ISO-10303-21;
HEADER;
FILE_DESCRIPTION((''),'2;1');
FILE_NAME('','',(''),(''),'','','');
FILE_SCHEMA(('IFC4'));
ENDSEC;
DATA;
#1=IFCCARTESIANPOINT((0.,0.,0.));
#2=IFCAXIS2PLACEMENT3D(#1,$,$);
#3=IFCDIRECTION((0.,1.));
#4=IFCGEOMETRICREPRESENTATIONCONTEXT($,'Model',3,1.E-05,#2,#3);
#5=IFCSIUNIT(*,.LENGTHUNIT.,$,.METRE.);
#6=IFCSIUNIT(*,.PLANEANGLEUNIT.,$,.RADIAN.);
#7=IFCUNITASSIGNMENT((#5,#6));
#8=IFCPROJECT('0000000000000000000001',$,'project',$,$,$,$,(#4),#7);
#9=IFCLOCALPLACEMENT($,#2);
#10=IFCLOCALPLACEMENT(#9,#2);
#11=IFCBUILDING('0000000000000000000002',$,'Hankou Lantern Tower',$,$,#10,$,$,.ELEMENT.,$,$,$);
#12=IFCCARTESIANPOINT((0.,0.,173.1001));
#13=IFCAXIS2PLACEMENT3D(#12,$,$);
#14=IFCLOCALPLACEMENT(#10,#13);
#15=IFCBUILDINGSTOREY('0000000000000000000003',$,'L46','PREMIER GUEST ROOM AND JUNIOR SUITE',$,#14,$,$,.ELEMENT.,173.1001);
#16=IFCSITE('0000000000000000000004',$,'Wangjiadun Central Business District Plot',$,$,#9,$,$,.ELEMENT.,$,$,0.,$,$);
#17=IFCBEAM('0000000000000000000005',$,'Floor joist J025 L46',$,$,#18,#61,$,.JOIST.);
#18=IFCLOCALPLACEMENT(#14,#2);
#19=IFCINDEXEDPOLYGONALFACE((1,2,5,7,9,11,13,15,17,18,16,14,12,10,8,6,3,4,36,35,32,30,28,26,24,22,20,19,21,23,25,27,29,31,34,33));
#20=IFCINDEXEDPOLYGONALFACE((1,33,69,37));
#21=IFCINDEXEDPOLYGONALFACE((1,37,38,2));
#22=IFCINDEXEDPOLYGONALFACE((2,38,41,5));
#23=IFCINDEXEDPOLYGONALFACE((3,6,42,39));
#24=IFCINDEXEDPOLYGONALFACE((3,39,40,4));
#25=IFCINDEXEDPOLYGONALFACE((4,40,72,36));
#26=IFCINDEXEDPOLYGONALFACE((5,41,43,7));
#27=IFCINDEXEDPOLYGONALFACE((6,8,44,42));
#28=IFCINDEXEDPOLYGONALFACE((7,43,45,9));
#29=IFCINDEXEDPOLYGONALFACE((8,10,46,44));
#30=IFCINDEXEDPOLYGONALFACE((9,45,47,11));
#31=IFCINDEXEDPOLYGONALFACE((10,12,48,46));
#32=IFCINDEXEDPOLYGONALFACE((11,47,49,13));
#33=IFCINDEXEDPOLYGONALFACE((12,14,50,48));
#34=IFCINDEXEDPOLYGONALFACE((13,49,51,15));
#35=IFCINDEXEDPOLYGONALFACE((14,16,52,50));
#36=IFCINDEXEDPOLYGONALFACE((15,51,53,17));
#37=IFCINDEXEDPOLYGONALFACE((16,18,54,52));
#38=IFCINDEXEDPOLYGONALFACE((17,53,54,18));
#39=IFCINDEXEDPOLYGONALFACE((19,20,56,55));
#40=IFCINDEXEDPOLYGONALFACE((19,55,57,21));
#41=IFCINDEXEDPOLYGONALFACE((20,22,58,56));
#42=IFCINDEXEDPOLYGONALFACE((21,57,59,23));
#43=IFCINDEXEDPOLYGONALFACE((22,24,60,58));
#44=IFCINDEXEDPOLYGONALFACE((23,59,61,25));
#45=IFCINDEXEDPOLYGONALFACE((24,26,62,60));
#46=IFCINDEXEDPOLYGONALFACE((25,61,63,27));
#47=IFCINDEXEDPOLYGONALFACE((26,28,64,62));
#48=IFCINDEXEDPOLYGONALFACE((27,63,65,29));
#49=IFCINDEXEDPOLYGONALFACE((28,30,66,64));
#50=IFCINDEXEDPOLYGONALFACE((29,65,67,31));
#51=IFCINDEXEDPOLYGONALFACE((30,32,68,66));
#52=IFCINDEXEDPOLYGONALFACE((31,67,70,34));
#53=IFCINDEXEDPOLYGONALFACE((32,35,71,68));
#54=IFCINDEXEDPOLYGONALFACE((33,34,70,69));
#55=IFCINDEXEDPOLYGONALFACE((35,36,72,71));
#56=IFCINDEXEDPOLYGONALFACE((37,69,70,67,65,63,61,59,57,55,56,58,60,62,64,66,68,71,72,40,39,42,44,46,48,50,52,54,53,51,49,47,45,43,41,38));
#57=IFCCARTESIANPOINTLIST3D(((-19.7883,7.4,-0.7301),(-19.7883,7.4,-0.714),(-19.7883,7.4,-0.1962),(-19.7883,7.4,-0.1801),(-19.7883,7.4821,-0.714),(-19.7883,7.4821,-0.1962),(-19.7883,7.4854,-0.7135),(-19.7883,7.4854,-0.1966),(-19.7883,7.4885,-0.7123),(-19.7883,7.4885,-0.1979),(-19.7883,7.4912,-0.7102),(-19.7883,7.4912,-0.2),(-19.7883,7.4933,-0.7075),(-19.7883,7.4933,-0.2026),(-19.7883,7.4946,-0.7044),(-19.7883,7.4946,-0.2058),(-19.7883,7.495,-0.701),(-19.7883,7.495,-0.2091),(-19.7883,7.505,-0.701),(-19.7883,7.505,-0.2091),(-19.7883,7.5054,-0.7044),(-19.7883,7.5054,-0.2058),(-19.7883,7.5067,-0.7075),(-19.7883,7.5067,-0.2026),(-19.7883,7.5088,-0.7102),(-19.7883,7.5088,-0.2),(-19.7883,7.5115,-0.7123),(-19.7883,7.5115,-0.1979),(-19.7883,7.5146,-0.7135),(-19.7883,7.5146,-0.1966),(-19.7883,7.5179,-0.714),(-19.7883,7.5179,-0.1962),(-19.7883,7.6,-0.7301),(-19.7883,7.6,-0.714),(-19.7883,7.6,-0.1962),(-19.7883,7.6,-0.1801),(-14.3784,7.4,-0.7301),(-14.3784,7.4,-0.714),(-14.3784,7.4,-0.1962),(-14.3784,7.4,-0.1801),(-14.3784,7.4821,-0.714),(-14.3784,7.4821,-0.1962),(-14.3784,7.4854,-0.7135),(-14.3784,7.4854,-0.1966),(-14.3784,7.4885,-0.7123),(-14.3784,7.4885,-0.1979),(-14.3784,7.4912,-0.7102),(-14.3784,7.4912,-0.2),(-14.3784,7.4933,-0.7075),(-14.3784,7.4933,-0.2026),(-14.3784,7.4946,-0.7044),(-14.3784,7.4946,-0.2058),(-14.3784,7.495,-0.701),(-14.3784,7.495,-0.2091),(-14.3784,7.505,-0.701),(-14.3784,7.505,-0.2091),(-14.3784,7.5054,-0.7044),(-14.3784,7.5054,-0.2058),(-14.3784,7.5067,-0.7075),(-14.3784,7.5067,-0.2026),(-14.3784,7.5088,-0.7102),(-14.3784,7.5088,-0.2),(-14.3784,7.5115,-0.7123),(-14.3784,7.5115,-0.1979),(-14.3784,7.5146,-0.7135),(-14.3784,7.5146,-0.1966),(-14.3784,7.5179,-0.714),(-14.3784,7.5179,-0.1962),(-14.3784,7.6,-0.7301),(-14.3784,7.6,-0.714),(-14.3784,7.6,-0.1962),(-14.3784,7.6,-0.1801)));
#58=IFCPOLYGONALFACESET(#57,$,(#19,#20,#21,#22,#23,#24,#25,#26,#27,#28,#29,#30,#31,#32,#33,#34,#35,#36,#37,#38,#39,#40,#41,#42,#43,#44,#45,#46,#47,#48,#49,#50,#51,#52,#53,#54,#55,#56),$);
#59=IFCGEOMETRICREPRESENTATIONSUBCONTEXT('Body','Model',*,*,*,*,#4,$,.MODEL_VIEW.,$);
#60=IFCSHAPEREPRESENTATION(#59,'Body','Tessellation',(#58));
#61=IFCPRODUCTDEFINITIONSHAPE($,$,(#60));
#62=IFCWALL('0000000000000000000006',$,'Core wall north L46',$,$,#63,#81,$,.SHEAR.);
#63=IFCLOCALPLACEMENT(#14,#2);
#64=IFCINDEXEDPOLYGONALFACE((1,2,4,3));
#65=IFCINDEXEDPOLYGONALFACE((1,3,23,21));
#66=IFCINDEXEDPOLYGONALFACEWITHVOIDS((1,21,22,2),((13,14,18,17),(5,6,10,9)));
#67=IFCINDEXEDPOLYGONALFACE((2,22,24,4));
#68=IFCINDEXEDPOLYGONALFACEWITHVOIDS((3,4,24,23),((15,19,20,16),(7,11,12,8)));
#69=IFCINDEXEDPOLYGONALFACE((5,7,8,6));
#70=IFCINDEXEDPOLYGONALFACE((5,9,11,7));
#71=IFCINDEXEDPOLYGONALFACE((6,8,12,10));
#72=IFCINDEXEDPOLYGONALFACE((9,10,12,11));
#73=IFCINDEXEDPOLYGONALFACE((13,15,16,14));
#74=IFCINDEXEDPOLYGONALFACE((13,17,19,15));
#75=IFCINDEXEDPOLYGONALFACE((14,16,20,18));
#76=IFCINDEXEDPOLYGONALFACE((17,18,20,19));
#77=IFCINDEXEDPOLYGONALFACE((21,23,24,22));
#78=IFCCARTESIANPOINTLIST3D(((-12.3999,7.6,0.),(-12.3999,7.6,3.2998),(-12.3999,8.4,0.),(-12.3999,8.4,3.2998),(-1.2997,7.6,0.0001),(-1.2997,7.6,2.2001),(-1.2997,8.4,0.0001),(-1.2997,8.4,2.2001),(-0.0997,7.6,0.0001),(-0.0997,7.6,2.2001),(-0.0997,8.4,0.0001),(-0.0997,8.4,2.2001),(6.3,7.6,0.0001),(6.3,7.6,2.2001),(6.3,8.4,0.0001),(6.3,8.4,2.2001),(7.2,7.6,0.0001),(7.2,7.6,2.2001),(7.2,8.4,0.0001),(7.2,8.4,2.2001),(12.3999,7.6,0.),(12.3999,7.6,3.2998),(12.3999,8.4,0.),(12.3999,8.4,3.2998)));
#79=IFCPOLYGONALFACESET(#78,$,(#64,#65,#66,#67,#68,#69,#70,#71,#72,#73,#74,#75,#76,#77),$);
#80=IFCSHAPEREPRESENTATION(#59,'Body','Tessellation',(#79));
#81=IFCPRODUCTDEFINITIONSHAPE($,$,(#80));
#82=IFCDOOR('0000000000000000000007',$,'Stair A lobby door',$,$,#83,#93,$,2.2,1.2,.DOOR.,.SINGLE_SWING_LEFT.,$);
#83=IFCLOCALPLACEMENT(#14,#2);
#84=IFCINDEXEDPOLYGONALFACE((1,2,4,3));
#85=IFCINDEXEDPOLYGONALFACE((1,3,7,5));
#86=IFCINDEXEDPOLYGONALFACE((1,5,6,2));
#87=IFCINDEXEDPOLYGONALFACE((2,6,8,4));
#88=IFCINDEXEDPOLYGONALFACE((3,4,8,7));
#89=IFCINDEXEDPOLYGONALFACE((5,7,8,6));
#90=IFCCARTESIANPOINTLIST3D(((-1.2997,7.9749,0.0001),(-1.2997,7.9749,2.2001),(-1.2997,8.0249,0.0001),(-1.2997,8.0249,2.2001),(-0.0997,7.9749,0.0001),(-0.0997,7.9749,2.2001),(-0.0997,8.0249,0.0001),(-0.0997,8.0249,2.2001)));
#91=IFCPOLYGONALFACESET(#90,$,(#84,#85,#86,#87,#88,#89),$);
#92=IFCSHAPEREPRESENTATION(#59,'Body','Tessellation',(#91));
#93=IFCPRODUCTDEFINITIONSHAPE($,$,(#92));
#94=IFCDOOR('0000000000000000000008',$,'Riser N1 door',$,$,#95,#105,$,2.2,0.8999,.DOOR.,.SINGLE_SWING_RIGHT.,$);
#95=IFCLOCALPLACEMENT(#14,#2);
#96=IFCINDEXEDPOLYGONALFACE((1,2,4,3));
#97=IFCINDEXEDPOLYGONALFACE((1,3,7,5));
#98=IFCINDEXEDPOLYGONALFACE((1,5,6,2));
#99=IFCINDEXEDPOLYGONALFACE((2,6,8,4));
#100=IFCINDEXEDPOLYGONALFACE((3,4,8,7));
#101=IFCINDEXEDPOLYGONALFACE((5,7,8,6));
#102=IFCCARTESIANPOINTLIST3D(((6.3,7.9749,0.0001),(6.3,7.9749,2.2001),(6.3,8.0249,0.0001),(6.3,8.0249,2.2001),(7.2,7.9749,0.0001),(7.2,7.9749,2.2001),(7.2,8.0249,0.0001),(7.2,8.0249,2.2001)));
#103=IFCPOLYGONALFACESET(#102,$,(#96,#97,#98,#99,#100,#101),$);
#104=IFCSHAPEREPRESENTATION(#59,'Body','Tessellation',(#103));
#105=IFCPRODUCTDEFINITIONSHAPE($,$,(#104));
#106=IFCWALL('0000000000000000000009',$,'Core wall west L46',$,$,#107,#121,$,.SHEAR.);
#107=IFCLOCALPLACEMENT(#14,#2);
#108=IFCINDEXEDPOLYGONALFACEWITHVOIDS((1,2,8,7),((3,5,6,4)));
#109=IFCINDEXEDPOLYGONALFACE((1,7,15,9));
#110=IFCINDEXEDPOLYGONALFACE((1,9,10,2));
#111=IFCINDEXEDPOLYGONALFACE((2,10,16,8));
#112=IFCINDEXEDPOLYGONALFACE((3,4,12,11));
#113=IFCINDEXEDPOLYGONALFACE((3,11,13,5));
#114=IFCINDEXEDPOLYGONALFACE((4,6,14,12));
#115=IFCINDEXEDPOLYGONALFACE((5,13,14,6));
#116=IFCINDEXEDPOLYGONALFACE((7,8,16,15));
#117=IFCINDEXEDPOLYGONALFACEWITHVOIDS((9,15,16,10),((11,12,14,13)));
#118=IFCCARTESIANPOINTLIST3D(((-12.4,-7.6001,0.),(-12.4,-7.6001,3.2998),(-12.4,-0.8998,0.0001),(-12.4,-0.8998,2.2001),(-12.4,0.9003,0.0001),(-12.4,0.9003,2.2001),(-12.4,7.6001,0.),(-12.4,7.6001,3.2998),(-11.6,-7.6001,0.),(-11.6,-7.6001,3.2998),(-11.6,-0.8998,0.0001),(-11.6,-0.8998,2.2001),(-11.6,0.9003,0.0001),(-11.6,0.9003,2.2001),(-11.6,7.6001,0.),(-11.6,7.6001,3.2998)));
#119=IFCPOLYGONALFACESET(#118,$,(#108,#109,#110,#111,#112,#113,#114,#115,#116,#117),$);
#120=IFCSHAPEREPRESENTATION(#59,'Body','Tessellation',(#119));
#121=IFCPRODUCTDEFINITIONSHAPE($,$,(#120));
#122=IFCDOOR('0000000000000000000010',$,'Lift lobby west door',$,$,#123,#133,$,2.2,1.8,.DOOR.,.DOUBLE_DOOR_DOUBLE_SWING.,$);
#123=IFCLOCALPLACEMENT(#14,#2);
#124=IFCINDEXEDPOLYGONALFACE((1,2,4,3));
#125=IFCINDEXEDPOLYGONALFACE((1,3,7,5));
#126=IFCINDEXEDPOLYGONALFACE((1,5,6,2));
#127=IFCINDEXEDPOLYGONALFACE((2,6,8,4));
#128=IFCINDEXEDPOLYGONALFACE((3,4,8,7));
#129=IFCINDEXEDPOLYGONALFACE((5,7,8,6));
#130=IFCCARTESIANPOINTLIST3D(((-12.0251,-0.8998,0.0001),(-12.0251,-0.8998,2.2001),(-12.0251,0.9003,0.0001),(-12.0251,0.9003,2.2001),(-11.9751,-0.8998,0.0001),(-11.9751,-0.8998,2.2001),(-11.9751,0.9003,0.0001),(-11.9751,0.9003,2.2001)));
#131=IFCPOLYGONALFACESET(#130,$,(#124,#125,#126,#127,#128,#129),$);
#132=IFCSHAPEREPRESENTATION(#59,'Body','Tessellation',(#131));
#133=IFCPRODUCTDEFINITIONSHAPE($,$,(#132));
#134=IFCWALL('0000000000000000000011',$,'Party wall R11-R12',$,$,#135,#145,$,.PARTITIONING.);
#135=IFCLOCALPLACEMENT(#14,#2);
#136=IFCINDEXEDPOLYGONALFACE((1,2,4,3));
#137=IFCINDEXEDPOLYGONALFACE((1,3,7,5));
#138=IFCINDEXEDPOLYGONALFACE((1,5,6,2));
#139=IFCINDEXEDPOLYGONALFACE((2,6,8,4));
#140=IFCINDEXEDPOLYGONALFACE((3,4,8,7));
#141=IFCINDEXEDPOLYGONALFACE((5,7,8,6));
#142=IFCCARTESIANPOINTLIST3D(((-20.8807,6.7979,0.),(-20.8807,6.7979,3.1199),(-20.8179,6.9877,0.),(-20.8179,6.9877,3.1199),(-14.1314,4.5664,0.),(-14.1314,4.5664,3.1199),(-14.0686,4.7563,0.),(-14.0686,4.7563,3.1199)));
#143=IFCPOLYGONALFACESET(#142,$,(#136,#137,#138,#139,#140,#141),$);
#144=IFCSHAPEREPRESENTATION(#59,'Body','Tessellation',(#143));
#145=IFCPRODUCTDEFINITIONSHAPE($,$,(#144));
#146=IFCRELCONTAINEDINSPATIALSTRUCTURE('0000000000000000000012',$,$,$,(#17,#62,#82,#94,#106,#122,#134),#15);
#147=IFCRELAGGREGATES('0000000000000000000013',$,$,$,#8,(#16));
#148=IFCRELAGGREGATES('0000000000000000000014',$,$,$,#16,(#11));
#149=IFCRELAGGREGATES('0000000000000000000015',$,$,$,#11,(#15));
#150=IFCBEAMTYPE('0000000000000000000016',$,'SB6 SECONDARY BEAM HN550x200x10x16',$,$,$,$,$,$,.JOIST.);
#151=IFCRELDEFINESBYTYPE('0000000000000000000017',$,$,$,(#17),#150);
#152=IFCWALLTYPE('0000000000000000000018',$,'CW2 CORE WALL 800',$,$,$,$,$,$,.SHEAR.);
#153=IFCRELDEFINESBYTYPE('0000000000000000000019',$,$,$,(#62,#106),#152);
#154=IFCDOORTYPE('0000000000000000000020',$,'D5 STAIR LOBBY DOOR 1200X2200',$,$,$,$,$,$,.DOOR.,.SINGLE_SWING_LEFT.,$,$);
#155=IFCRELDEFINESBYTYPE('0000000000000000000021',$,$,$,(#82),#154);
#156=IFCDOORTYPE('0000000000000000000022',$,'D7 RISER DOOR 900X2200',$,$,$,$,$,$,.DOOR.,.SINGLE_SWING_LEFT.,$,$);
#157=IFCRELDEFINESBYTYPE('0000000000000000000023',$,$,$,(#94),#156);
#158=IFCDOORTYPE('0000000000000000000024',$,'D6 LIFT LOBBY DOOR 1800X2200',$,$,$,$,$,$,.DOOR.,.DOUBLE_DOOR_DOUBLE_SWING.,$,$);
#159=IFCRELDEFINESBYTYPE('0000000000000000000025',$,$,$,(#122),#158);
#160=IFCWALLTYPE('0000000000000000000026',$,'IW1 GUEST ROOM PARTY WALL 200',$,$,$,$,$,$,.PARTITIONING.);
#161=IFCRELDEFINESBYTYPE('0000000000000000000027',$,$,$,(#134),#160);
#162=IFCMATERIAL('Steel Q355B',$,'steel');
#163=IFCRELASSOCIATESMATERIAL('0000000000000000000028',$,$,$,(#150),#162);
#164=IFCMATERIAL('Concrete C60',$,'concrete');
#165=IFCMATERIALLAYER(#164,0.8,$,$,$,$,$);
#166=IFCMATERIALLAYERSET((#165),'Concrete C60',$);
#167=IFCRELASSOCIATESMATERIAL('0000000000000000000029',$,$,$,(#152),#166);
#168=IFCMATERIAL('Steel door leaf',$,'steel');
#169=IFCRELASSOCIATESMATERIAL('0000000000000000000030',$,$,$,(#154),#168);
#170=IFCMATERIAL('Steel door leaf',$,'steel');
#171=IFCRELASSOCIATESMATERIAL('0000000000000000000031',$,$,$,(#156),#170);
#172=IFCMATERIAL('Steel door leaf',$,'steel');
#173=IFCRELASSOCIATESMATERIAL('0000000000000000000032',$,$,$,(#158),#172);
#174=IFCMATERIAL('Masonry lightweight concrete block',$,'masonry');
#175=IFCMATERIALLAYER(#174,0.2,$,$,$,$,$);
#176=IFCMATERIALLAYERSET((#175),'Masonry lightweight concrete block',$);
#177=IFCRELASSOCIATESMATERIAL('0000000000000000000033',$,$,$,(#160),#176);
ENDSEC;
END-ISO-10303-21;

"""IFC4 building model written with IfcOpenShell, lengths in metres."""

from ifc_helpers import new_model, si_unit, direction, frame, frame_2d, origin, origin_2d, place, context, subcontext, project, spatial, rectangle, i_section, extrude, material, layer, layer_set, material_profile, profile_set, type_object, element, fill, save


model = new_model("IFC4")

# Units and contexts
model_context = context("Model", 3, precision=1e-05, world=origin(), true_north=direction((0.0, 1.0)))
body_context = subcontext(model_context, "Body", "Model", "MODEL_VIEW")
ifc_project = project(units=[si_unit("LENGTHUNIT", "METRE"), si_unit("PLANEANGLEUNIT", "RADIAN")], contexts=[model_context])

# Site, building, storey
site_placement = place(None, origin())
site = spatial("IfcSite", under=ifc_project, at=site_placement, Name="Wangjiadun Central Business District Plot", CompositionType="ELEMENT", RefElevation=0.0)
building_placement = place(site_placement, origin())
building = spatial("IfcBuilding", under=site, at=building_placement, Name="Hankou Lantern Tower", CompositionType="ELEMENT")
storey_placement = place(building_placement, frame((0.0, 0.0, 173.1001)))
storey = spatial("IfcBuildingStorey", under=building, at=storey_placement, Name="L46", Description="PREMIER GUEST ROOM AND JUNIOR SUITE", CompositionType="ELEMENT", Elevation=173.1001)

# Beam
ifc_material_1 = material(Name="Steel Q355B", Category="steel")
ifc_material_profile_1 = material_profile(ifc_material_1, i_section(OverallWidth=0.2, OverallDepth=0.55, WebThickness=0.01, FlangeThickness=0.0161, FilletRadius=0.0129, at=origin_2d()), Name="HN550x200x10x16")
ifc_profile_set_1 = profile_set([ifc_material_profile_1], Name="Steel Q355B")
beam_type_1 = type_object("IfcBeamType", Name="SB6 SECONDARY BEAM HN550x200x10x16", PredefinedType="JOIST", material=ifc_profile_set_1)
beam_1_placement = place(storey_placement, frame((-19.7883, 7.5, -0.4551), z_axis=(1.0, 0.0, 0.0), x_axis=(0.0, 1.0, 0.0)))
element("IfcBeam", 1, at=beam_1_placement, inside=storey, type_object=beam_type_1, Name="Floor joist J025 L46", PredefinedType="JOIST", context=body_context, shape_type="SweptSolid", body=[
    extrude(i_section(OverallWidth=0.2, OverallDepth=0.55, WebThickness=0.01, FlangeThickness=0.0161, FilletRadius=0.0129, at=origin_2d()), origin(), (0.0, 0.0, 1.0), 5.4099),
])

# Wall, openings, doors
ifc_material_2 = material(Name="Concrete C60", Category="concrete")
ifc_layer_1 = layer(ifc_material_2, 0.8)
ifc_layer_set_1 = layer_set([ifc_layer_1], Name="Concrete C60")
wall_type_1 = type_object("IfcWallType", Name="CW2 CORE WALL 800", PredefinedType="SHEAR", material=ifc_layer_set_1)
wall_1_placement = place(storey_placement, frame((-12.3999, 8.0, 0.0), z_axis=(0.0, 0.0, 1.0), x_axis=(1.0, 0.0, 0.0)))
wall_1 = element("IfcWall", 2, at=wall_1_placement, inside=storey, type_object=wall_type_1, Name="Core wall north L46", PredefinedType="SHEAR", context=body_context, shape_type="SweptSolid", body=[
    extrude(rectangle(XDim=24.7998, YDim=0.8, at=frame_2d((12.3999, 0.0))), origin(), (0.0, 0.0, 1.0), 3.2998),
])
opening_1_placement = place(wall_1_placement, frame((11.1001, 0.0, 0.0)))
opening_1 = element("IfcOpeningElement", 3, at=opening_1_placement, cuts=wall_1, PredefinedType="OPENING", context=body_context, shape_type="SweptSolid", body=[
    extrude(rectangle(XDim=1.2, YDim=2.2, at=frame_2d((0.6001, 1.1001))), frame((0.0, 0.4099, 0.0), z_axis=(0.0, -1.0, 0.0), x_axis=(1.0, 0.0, 0.0)), (0.0, 0.0, 1.0), 0.8201),
])
opening_2_placement = place(wall_1_placement, frame((18.7, 0.0, 0.0)))
opening_2 = element("IfcOpeningElement", 4, at=opening_2_placement, cuts=wall_1, PredefinedType="OPENING", context=body_context, shape_type="SweptSolid", body=[
    extrude(rectangle(XDim=0.8999, YDim=2.2, at=frame_2d((0.45, 1.1001))), frame((0.0, 0.4099, 0.0), z_axis=(0.0, -1.0, 0.0), x_axis=(1.0, 0.0, 0.0)), (0.0, 0.0, 1.0), 0.8201),
])
ifc_material_3 = material(Name="Steel door leaf", Category="steel")
door_type_1 = type_object("IfcDoorType", Name="D5 STAIR LOBBY DOOR 1200X2200", OperationType="SINGLE_SWING_LEFT", PredefinedType="DOOR", material=ifc_material_3)
door_1_placement = place(opening_1_placement, origin())
door_1 = element("IfcDoor", 5, at=door_1_placement, inside=storey, type_object=door_type_1, Name="Stair A lobby door", OperationType="SINGLE_SWING_LEFT", OverallHeight=2.2, OverallWidth=1.2, PredefinedType="DOOR", context=body_context, shape_type="SweptSolid", body=[
    extrude(rectangle(XDim=1.2, YDim=2.2, at=frame_2d((0.6001, 1.1001))), frame((0.0, 0.0249, 0.0), z_axis=(0.0, -1.0, 0.0), x_axis=(1.0, 0.0, 0.0)), (0.0, 0.0, 1.0), 0.05),
])
fill(opening_1, door_1)
ifc_material_4 = material(Name="Steel door leaf", Category="steel")
door_type_2 = type_object("IfcDoorType", Name="D7 RISER DOOR 900X2200", OperationType="SINGLE_SWING_LEFT", PredefinedType="DOOR", material=ifc_material_4)
door_2_placement = place(opening_2_placement, origin())
door_2 = element("IfcDoor", 6, at=door_2_placement, inside=storey, type_object=door_type_2, Name="Riser N1 door", OperationType="SINGLE_SWING_RIGHT", OverallHeight=2.2, OverallWidth=0.8999, PredefinedType="DOOR", context=body_context, shape_type="SweptSolid", body=[
    extrude(rectangle(XDim=0.8999, YDim=2.2, at=frame_2d((0.45, 1.1001))), frame((0.0, 0.0249, 0.0), z_axis=(0.0, -1.0, 0.0), x_axis=(1.0, 0.0, 0.0)), (0.0, 0.0, 1.0), 0.05),
])
fill(opening_2, door_2)

# Wall, opening, door
wall_2_placement = place(storey_placement, frame((-12.0, 7.6001, 0.0), z_axis=(0.0, 0.0, 1.0), x_axis=(0.0, -1.0, 0.0)))
wall_2 = element("IfcWall", 7, at=wall_2_placement, inside=storey, type_object=wall_type_1, Name="Core wall west L46", PredefinedType="SHEAR", context=body_context, shape_type="SweptSolid", body=[
    extrude(rectangle(XDim=15.2002, YDim=0.8, at=frame_2d((7.6001, 0.0))), origin(), (0.0, 0.0, 1.0), 3.2998),
])
opening_3_placement = place(wall_2_placement, frame((6.7, 0.0, 0.0)))
opening_3 = element("IfcOpeningElement", 8, at=opening_3_placement, cuts=wall_2, PredefinedType="OPENING", context=body_context, shape_type="SweptSolid", body=[
    extrude(rectangle(XDim=1.8, YDim=2.2, at=frame_2d((0.8999, 1.1001))), frame((0.0, 0.4099, 0.0), z_axis=(0.0, -1.0, 0.0), x_axis=(1.0, 0.0, 0.0)), (0.0, 0.0, 1.0), 0.8201),
])
ifc_material_5 = material(Name="Steel door leaf", Category="steel")
door_type_3 = type_object("IfcDoorType", Name="D6 LIFT LOBBY DOOR 1800X2200", OperationType="DOUBLE_DOOR_DOUBLE_SWING", PredefinedType="DOOR", material=ifc_material_5)
door_3_placement = place(opening_3_placement, origin())
door_3 = element("IfcDoor", 9, at=door_3_placement, inside=storey, type_object=door_type_3, Name="Lift lobby west door", OperationType="DOUBLE_DOOR_DOUBLE_SWING", OverallHeight=2.2, OverallWidth=1.8, PredefinedType="DOOR", context=body_context, shape_type="SweptSolid", body=[
    extrude(rectangle(XDim=1.8, YDim=2.2, at=frame_2d((0.8999, 1.1001))), frame((0.0, 0.0249, 0.0), z_axis=(0.0, -1.0, 0.0), x_axis=(1.0, 0.0, 0.0)), (0.0, 0.0, 1.0), 0.05),
])
fill(opening_3, door_3)

# Wall
ifc_material_6 = material(Name="Masonry lightweight concrete block", Category="masonry")
ifc_layer_2 = layer(ifc_material_6, 0.2)
ifc_layer_set_2 = layer_set([ifc_layer_2], Name="Masonry lightweight concrete block")
wall_type_2 = type_object("IfcWallType", Name="IW1 GUEST ROOM PARTY WALL 200", PredefinedType="PARTITIONING", material=ifc_layer_set_2)
wall_3_placement = place(storey_placement, frame((-14.1001, 4.6614, 0.0), z_axis=(0.0, 0.0, 1.0), x_axis=(-0.949453, 0.313909, 0.0)))
element("IfcWall", 10, at=wall_3_placement, inside=storey, type_object=wall_type_2, Name="Party wall R11-R12", PredefinedType="PARTITIONING", context=body_context, shape_type="SweptSolid", body=[
    extrude(rectangle(XDim=7.1086, YDim=0.2, at=frame_2d((3.5542, 0.0))), origin(), (0.0, 0.0, 1.0), 3.1199),
])

save(model, "model.ifc")
